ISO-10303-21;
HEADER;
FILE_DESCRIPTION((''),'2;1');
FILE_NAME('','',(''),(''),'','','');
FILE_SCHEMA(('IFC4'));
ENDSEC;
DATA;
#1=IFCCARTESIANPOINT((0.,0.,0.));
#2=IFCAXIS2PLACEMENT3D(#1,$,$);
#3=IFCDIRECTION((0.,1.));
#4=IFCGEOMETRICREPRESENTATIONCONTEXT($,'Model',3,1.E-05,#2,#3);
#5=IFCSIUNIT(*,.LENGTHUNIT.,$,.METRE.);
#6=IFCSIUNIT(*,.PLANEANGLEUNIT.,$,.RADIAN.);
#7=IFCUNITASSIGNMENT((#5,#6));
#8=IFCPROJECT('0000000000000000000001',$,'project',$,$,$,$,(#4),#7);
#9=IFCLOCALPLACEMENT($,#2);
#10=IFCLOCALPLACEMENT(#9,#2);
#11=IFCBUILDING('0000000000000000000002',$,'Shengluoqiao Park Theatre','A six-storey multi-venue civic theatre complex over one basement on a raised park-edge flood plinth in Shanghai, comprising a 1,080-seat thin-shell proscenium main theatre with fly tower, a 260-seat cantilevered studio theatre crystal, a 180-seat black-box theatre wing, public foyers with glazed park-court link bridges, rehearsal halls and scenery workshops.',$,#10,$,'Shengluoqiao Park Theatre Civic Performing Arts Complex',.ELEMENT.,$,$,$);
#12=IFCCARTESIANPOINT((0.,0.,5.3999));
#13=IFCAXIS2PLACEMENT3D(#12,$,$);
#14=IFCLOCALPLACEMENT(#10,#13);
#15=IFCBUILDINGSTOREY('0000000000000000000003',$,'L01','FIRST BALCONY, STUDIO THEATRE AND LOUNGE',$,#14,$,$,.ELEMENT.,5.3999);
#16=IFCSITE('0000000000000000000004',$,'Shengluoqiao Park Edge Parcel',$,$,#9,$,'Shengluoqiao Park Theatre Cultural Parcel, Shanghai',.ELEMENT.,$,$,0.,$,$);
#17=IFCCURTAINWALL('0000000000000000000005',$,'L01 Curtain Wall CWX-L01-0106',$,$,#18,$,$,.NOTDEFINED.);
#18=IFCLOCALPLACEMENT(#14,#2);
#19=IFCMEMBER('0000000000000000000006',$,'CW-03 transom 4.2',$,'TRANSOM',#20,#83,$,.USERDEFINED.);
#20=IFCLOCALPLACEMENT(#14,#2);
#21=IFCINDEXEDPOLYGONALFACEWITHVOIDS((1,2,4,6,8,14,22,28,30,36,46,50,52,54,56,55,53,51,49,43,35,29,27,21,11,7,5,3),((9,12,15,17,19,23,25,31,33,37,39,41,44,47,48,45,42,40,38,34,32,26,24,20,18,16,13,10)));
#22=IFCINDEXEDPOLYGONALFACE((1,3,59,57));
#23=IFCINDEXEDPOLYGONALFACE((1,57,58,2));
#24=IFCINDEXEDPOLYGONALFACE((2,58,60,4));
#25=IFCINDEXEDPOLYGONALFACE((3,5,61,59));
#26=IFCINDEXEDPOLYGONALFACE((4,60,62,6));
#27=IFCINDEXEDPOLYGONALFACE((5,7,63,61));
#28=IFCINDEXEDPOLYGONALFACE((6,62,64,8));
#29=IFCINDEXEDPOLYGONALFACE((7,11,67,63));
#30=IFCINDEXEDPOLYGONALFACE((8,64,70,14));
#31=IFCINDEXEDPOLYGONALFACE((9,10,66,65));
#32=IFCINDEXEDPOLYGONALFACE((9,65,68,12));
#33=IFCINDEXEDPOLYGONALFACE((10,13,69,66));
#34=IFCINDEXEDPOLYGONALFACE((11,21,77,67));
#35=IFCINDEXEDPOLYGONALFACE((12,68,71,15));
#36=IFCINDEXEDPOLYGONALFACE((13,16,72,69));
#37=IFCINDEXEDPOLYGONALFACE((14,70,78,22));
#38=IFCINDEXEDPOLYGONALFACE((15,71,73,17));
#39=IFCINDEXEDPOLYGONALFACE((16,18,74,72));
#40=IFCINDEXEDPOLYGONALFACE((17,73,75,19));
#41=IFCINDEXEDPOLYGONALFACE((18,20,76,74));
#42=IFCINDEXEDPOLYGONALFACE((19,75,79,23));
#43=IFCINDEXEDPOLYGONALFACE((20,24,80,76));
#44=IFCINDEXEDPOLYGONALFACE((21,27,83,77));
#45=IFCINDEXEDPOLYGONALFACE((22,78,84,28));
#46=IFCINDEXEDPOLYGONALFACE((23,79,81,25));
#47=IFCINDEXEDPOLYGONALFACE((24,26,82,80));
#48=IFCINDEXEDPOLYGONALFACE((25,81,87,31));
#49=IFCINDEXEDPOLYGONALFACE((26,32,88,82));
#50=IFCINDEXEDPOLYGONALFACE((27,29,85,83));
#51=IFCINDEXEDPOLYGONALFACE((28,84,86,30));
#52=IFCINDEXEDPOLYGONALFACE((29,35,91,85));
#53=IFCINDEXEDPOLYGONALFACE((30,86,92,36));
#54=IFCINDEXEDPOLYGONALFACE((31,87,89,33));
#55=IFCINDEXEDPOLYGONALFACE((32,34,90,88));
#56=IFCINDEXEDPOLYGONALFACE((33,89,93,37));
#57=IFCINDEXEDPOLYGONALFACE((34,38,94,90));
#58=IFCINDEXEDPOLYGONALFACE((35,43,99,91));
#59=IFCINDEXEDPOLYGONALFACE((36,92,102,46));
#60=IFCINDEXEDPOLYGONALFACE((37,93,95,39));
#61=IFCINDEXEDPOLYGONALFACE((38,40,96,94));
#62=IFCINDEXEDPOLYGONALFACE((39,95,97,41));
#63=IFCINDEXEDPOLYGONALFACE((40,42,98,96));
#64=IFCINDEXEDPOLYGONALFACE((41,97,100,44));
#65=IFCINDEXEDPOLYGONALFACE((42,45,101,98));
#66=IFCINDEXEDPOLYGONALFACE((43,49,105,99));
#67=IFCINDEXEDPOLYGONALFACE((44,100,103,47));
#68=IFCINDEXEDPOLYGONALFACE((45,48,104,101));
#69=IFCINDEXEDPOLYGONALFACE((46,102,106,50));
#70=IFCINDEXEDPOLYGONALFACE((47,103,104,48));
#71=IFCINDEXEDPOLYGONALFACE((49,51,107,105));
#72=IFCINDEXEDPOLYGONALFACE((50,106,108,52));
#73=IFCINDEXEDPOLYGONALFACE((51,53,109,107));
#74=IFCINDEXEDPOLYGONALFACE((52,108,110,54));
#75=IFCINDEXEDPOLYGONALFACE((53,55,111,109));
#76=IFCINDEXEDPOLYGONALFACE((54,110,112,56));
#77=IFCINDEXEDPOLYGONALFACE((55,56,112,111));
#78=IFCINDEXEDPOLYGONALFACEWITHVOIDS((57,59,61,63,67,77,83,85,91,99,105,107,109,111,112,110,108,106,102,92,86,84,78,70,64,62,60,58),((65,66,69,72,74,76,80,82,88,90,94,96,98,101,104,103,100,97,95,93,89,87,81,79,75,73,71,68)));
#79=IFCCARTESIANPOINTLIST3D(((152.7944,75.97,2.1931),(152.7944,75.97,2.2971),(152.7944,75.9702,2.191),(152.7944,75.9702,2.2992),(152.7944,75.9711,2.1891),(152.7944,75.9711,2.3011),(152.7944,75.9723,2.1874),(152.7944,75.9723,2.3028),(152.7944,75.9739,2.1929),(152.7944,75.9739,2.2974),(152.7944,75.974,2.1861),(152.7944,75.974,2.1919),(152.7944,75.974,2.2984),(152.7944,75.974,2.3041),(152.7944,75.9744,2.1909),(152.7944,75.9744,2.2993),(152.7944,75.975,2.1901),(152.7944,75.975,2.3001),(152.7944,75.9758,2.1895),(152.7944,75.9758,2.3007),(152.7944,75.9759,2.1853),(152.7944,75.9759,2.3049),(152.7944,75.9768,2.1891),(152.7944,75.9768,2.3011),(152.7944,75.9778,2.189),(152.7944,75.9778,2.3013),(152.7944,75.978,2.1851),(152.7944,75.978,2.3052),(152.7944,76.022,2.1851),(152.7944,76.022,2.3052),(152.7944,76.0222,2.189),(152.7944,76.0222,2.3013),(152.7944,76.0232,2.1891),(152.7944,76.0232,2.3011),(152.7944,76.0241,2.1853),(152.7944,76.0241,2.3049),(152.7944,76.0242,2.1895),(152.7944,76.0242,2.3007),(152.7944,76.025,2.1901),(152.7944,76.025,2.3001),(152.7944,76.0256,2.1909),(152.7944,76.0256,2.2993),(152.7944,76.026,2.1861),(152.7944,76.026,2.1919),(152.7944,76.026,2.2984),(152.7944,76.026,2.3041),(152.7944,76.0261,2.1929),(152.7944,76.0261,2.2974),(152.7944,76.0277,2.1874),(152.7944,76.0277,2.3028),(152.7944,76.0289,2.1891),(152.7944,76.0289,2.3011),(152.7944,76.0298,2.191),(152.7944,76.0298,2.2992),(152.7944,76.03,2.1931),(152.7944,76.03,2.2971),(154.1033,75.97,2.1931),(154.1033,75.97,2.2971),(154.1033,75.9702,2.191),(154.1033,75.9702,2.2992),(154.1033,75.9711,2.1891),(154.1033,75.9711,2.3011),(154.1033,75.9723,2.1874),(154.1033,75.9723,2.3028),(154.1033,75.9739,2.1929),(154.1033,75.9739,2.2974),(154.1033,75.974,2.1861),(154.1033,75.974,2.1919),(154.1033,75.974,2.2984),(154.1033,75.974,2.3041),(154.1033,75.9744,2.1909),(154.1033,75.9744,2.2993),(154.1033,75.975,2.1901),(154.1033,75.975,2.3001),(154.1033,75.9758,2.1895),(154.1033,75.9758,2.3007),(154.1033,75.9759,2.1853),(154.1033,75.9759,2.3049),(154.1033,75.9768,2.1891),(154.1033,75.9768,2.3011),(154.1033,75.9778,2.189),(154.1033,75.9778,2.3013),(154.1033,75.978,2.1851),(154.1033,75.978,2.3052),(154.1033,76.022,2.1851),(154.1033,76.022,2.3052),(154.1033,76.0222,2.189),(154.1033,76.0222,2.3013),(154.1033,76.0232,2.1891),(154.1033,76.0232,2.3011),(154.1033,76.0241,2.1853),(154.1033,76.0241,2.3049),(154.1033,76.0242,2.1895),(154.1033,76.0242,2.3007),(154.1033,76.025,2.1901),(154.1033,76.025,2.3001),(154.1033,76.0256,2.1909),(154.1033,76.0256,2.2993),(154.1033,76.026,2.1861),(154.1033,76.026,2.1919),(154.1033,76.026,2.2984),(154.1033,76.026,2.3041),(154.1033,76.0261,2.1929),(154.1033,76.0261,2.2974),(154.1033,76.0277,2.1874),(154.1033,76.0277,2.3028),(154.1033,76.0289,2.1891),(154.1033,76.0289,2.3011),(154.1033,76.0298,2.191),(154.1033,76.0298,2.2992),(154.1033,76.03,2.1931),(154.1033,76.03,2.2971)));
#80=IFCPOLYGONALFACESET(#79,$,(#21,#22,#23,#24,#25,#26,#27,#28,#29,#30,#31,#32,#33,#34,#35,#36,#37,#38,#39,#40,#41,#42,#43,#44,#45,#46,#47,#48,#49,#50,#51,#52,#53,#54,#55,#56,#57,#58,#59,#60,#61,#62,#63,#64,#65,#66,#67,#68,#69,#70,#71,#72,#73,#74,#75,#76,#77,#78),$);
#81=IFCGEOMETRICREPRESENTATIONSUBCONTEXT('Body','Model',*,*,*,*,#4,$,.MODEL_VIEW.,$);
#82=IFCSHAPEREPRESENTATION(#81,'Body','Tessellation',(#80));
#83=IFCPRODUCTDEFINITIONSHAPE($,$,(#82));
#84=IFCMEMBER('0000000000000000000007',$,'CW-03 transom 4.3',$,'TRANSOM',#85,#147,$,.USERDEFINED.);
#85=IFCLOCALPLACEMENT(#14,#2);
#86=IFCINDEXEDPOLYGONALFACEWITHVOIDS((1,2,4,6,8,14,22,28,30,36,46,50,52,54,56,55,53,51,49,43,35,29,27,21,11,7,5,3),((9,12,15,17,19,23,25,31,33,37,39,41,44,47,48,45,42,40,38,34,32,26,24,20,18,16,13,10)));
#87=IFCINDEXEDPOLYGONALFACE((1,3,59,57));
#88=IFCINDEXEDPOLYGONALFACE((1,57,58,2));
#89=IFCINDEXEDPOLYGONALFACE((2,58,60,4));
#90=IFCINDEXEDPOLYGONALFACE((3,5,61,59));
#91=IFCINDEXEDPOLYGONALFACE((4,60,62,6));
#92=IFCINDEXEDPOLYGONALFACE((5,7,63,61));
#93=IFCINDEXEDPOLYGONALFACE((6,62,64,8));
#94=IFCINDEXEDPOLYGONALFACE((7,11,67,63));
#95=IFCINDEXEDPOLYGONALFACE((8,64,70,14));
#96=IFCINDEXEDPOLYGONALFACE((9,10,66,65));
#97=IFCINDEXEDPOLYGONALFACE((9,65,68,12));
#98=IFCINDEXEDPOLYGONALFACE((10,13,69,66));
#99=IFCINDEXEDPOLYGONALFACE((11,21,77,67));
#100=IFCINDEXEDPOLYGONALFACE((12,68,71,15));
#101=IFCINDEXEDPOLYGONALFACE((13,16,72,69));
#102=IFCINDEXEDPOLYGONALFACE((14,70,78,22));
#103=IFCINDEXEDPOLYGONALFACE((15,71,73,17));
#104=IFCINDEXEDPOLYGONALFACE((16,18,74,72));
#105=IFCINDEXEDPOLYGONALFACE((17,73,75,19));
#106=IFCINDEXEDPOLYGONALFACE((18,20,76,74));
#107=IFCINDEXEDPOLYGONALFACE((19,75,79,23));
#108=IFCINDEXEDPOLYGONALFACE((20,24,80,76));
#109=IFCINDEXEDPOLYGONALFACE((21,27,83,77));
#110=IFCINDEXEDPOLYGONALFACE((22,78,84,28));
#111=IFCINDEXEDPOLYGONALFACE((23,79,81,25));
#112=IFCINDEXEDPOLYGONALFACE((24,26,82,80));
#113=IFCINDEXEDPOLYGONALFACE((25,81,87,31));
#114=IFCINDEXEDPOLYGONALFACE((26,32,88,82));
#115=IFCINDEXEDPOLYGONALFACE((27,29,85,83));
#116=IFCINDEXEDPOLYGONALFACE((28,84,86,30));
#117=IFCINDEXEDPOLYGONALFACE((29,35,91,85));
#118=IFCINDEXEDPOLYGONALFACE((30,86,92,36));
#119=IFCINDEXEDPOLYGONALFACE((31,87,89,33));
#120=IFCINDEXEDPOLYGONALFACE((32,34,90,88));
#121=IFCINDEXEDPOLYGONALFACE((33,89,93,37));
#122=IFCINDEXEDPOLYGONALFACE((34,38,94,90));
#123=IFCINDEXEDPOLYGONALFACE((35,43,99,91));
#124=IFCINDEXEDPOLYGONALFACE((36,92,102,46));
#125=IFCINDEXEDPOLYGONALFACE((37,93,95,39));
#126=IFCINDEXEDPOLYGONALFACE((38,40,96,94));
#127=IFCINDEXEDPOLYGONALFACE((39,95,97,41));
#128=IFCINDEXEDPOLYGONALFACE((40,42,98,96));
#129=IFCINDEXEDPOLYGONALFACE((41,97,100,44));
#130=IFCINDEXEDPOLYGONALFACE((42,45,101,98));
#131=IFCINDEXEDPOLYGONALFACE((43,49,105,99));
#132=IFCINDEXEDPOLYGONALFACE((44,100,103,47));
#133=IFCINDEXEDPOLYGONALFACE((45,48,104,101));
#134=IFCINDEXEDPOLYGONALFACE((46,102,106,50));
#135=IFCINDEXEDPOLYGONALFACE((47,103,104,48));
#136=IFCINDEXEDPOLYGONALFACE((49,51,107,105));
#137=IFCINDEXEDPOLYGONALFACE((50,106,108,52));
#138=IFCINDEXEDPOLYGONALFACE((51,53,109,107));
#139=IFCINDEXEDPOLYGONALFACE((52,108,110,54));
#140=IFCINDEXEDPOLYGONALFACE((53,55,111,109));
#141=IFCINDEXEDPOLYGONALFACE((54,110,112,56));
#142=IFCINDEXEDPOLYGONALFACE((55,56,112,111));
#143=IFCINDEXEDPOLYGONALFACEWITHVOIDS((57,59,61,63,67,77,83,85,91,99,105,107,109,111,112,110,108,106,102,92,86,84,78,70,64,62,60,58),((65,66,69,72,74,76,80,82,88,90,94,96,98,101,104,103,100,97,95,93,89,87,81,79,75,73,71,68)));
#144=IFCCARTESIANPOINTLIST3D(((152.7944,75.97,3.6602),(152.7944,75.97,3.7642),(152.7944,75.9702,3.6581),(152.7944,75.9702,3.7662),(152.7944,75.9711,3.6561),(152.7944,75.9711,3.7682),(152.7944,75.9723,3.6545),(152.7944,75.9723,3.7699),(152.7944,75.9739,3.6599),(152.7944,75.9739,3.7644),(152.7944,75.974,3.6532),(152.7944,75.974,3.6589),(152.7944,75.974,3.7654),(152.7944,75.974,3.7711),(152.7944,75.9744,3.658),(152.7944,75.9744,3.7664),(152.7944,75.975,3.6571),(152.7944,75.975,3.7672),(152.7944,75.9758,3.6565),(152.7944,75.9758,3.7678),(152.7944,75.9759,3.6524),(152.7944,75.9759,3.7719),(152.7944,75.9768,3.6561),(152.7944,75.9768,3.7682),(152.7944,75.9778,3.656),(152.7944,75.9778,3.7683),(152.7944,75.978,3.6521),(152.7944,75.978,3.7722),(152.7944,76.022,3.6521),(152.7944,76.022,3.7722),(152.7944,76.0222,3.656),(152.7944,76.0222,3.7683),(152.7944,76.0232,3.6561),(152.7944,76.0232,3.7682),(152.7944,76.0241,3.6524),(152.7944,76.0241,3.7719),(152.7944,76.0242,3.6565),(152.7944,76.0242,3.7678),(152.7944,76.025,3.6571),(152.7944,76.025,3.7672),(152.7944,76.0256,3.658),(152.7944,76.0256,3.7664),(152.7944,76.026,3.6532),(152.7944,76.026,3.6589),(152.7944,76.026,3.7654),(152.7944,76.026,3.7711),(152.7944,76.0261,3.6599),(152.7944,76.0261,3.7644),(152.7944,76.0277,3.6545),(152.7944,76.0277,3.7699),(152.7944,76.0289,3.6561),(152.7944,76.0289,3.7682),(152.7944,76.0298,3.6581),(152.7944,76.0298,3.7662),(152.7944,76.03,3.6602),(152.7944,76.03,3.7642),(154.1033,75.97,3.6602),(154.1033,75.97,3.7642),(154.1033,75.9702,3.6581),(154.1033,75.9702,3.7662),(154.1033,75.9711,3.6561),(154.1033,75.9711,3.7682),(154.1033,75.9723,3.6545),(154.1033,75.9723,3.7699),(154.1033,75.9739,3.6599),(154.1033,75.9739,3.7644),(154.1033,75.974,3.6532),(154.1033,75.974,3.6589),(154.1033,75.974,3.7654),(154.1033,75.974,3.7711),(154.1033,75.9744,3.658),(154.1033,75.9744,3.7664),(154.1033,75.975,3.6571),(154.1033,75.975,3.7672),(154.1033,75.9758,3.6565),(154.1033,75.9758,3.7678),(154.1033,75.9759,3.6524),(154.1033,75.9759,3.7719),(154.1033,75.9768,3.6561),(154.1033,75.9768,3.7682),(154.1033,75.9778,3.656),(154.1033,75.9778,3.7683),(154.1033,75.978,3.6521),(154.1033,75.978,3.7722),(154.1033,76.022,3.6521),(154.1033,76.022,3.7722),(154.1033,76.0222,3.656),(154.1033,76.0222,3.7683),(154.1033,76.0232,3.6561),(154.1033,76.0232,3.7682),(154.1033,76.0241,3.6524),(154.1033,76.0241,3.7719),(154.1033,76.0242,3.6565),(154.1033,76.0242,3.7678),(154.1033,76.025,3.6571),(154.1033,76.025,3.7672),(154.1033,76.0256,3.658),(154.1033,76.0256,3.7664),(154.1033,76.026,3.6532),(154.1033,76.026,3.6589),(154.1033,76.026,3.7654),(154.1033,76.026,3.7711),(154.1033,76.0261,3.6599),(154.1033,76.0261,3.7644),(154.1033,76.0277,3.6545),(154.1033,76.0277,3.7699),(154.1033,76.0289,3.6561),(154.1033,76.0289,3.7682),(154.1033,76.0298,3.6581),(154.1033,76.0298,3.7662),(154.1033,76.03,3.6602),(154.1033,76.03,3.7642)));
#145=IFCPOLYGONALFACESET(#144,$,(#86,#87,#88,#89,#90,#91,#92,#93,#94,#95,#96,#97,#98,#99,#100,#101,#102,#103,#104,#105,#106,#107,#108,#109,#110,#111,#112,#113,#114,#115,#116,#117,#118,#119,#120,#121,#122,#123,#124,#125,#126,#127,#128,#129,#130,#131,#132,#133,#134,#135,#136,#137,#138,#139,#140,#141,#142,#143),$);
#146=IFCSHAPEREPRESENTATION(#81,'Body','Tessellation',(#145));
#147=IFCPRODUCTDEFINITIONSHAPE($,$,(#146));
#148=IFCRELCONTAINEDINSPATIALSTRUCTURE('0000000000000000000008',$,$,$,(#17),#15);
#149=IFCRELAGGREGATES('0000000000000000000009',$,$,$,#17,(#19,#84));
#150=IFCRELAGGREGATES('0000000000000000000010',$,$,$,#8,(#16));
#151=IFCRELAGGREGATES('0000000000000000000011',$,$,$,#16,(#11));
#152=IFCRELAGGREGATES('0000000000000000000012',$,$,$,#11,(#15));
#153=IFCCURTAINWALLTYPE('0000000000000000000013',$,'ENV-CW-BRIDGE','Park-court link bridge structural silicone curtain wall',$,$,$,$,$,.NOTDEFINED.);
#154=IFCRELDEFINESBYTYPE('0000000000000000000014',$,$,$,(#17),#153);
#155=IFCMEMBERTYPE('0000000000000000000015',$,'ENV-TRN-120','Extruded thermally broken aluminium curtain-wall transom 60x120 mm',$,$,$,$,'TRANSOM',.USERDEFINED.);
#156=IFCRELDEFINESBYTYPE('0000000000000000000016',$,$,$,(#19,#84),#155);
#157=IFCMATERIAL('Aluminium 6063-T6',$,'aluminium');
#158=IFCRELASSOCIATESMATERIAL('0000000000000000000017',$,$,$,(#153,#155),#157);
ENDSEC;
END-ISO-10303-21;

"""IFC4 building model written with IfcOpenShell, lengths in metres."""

from ifc_helpers import new_model, si_unit, direction, frame, origin, origin_2d, place, context, subcontext, project, spatial, hollow_rectangle, extrude, material, material_profile, profile_set, type_object, element, aggregate, save


model = new_model("IFC4")

# Units and contexts
model_context = context("Model", 3, precision=1e-05, world=origin(), true_north=direction((0.0, 1.0)))
body_context = subcontext(model_context, "Body", "Model", "MODEL_VIEW")
ifc_project = project(units=[si_unit("LENGTHUNIT", "METRE"), si_unit("PLANEANGLEUNIT", "RADIAN")], contexts=[model_context])

# Site, building, storey
site_placement = place(None, origin())
site = spatial("IfcSite", under=ifc_project, at=site_placement, Name="Shengluoqiao Park Edge Parcel", LongName="Shengluoqiao Park Theatre Cultural Parcel, Shanghai", CompositionType="ELEMENT", RefElevation=0.0)
building_placement = place(site_placement, origin())
building = spatial("IfcBuilding", under=site, at=building_placement, Name="Shengluoqiao Park Theatre", Description="A six-storey multi-venue civic theatre complex over one basement on a raised park-edge flood plinth in Shanghai, comprising a 1,080-seat thin-shell proscenium main theatre with fly tower, a 260-seat cantilevered studio theatre crystal, a 180-seat black-box theatre wing, public foyers with glazed park-court link bridges, rehearsal halls and scenery workshops.", LongName="Shengluoqiao Park Theatre Civic Performing Arts Complex", CompositionType="ELEMENT")
storey_placement = place(building_placement, frame((0.0, 0.0, 5.3999)))
storey = spatial("IfcBuildingStorey", under=building, at=storey_placement, Name="L01", Description="FIRST BALCONY, STUDIO THEATRE AND LOUNGE", CompositionType="ELEMENT", Elevation=5.3999)

# Shared definitions
ifc_material_1 = material(Name="Aluminium 6063-T6", Category="aluminium")
curtain_wall_type_1 = type_object("IfcCurtainWallType", Name="ENV-CW-BRIDGE", Description="Park-court link bridge structural silicone curtain wall", PredefinedType="NOTDEFINED", material=ifc_material_1)

# Shared definitions
ifc_material_profile_1 = material_profile(ifc_material_1, hollow_rectangle(XDim=0.0601, YDim=0.1201, WallThickness=0.0039, InnerFilletRadius=0.0039, OuterFilletRadius=0.0081, at=origin_2d()), Name="ALU TRANSOM 120x60x4")
ifc_profile_set_1 = profile_set([ifc_material_profile_1], Name="Aluminium 6063-T6")
member_type_1 = type_object("IfcMemberType", Name="ENV-TRN-120", Description="Extruded thermally broken aluminium curtain-wall transom 60x120 mm", ElementType="TRANSOM", PredefinedType="USERDEFINED", material=ifc_profile_set_1)

# Curtain wall, members
curtain_wall_1_placement = place(storey_placement, origin())
curtain_wall_1 = element("IfcCurtainWall", 1, at=curtain_wall_1_placement, inside=storey, type_object=curtain_wall_type_1, Name="L01 Curtain Wall CWX-L01-0106", PredefinedType="NOTDEFINED")
member_1_placement = place(storey_placement, frame((152.7944, 76.0, 2.2451), z_axis=(1.0, 0.0, 0.0), x_axis=(0.0, 1.0, 0.0)))
member_1 = element("IfcMember", 2, at=member_1_placement, type_object=member_type_1, Name="CW-03 transom 4.2", ObjectType="TRANSOM", PredefinedType="USERDEFINED", context=body_context, shape_type="SweptSolid", body=[
    extrude(hollow_rectangle(XDim=0.0601, YDim=0.1201, WallThickness=0.0039, InnerFilletRadius=0.0039, OuterFilletRadius=0.0081, at=origin_2d()), origin(), (0.0, 0.0, 1.0), 1.3088),
])
member_2_placement = place(storey_placement, frame((152.7944, 76.0, 3.7122), z_axis=(1.0, 0.0, 0.0), x_axis=(0.0, 1.0, 0.0)))
member_2 = element("IfcMember", 3, at=member_2_placement, type_object=member_type_1, Name="CW-03 transom 4.3", ObjectType="TRANSOM", PredefinedType="USERDEFINED", context=body_context, shape_type="SweptSolid", body=[
    extrude(hollow_rectangle(XDim=0.0601, YDim=0.1201, WallThickness=0.0039, InnerFilletRadius=0.0039, OuterFilletRadius=0.0081, at=origin_2d()), origin(), (0.0, 0.0, 1.0), 1.3088),
])

aggregate(curtain_wall_1, [member_1, member_2])

save(model, "model.ifc")
